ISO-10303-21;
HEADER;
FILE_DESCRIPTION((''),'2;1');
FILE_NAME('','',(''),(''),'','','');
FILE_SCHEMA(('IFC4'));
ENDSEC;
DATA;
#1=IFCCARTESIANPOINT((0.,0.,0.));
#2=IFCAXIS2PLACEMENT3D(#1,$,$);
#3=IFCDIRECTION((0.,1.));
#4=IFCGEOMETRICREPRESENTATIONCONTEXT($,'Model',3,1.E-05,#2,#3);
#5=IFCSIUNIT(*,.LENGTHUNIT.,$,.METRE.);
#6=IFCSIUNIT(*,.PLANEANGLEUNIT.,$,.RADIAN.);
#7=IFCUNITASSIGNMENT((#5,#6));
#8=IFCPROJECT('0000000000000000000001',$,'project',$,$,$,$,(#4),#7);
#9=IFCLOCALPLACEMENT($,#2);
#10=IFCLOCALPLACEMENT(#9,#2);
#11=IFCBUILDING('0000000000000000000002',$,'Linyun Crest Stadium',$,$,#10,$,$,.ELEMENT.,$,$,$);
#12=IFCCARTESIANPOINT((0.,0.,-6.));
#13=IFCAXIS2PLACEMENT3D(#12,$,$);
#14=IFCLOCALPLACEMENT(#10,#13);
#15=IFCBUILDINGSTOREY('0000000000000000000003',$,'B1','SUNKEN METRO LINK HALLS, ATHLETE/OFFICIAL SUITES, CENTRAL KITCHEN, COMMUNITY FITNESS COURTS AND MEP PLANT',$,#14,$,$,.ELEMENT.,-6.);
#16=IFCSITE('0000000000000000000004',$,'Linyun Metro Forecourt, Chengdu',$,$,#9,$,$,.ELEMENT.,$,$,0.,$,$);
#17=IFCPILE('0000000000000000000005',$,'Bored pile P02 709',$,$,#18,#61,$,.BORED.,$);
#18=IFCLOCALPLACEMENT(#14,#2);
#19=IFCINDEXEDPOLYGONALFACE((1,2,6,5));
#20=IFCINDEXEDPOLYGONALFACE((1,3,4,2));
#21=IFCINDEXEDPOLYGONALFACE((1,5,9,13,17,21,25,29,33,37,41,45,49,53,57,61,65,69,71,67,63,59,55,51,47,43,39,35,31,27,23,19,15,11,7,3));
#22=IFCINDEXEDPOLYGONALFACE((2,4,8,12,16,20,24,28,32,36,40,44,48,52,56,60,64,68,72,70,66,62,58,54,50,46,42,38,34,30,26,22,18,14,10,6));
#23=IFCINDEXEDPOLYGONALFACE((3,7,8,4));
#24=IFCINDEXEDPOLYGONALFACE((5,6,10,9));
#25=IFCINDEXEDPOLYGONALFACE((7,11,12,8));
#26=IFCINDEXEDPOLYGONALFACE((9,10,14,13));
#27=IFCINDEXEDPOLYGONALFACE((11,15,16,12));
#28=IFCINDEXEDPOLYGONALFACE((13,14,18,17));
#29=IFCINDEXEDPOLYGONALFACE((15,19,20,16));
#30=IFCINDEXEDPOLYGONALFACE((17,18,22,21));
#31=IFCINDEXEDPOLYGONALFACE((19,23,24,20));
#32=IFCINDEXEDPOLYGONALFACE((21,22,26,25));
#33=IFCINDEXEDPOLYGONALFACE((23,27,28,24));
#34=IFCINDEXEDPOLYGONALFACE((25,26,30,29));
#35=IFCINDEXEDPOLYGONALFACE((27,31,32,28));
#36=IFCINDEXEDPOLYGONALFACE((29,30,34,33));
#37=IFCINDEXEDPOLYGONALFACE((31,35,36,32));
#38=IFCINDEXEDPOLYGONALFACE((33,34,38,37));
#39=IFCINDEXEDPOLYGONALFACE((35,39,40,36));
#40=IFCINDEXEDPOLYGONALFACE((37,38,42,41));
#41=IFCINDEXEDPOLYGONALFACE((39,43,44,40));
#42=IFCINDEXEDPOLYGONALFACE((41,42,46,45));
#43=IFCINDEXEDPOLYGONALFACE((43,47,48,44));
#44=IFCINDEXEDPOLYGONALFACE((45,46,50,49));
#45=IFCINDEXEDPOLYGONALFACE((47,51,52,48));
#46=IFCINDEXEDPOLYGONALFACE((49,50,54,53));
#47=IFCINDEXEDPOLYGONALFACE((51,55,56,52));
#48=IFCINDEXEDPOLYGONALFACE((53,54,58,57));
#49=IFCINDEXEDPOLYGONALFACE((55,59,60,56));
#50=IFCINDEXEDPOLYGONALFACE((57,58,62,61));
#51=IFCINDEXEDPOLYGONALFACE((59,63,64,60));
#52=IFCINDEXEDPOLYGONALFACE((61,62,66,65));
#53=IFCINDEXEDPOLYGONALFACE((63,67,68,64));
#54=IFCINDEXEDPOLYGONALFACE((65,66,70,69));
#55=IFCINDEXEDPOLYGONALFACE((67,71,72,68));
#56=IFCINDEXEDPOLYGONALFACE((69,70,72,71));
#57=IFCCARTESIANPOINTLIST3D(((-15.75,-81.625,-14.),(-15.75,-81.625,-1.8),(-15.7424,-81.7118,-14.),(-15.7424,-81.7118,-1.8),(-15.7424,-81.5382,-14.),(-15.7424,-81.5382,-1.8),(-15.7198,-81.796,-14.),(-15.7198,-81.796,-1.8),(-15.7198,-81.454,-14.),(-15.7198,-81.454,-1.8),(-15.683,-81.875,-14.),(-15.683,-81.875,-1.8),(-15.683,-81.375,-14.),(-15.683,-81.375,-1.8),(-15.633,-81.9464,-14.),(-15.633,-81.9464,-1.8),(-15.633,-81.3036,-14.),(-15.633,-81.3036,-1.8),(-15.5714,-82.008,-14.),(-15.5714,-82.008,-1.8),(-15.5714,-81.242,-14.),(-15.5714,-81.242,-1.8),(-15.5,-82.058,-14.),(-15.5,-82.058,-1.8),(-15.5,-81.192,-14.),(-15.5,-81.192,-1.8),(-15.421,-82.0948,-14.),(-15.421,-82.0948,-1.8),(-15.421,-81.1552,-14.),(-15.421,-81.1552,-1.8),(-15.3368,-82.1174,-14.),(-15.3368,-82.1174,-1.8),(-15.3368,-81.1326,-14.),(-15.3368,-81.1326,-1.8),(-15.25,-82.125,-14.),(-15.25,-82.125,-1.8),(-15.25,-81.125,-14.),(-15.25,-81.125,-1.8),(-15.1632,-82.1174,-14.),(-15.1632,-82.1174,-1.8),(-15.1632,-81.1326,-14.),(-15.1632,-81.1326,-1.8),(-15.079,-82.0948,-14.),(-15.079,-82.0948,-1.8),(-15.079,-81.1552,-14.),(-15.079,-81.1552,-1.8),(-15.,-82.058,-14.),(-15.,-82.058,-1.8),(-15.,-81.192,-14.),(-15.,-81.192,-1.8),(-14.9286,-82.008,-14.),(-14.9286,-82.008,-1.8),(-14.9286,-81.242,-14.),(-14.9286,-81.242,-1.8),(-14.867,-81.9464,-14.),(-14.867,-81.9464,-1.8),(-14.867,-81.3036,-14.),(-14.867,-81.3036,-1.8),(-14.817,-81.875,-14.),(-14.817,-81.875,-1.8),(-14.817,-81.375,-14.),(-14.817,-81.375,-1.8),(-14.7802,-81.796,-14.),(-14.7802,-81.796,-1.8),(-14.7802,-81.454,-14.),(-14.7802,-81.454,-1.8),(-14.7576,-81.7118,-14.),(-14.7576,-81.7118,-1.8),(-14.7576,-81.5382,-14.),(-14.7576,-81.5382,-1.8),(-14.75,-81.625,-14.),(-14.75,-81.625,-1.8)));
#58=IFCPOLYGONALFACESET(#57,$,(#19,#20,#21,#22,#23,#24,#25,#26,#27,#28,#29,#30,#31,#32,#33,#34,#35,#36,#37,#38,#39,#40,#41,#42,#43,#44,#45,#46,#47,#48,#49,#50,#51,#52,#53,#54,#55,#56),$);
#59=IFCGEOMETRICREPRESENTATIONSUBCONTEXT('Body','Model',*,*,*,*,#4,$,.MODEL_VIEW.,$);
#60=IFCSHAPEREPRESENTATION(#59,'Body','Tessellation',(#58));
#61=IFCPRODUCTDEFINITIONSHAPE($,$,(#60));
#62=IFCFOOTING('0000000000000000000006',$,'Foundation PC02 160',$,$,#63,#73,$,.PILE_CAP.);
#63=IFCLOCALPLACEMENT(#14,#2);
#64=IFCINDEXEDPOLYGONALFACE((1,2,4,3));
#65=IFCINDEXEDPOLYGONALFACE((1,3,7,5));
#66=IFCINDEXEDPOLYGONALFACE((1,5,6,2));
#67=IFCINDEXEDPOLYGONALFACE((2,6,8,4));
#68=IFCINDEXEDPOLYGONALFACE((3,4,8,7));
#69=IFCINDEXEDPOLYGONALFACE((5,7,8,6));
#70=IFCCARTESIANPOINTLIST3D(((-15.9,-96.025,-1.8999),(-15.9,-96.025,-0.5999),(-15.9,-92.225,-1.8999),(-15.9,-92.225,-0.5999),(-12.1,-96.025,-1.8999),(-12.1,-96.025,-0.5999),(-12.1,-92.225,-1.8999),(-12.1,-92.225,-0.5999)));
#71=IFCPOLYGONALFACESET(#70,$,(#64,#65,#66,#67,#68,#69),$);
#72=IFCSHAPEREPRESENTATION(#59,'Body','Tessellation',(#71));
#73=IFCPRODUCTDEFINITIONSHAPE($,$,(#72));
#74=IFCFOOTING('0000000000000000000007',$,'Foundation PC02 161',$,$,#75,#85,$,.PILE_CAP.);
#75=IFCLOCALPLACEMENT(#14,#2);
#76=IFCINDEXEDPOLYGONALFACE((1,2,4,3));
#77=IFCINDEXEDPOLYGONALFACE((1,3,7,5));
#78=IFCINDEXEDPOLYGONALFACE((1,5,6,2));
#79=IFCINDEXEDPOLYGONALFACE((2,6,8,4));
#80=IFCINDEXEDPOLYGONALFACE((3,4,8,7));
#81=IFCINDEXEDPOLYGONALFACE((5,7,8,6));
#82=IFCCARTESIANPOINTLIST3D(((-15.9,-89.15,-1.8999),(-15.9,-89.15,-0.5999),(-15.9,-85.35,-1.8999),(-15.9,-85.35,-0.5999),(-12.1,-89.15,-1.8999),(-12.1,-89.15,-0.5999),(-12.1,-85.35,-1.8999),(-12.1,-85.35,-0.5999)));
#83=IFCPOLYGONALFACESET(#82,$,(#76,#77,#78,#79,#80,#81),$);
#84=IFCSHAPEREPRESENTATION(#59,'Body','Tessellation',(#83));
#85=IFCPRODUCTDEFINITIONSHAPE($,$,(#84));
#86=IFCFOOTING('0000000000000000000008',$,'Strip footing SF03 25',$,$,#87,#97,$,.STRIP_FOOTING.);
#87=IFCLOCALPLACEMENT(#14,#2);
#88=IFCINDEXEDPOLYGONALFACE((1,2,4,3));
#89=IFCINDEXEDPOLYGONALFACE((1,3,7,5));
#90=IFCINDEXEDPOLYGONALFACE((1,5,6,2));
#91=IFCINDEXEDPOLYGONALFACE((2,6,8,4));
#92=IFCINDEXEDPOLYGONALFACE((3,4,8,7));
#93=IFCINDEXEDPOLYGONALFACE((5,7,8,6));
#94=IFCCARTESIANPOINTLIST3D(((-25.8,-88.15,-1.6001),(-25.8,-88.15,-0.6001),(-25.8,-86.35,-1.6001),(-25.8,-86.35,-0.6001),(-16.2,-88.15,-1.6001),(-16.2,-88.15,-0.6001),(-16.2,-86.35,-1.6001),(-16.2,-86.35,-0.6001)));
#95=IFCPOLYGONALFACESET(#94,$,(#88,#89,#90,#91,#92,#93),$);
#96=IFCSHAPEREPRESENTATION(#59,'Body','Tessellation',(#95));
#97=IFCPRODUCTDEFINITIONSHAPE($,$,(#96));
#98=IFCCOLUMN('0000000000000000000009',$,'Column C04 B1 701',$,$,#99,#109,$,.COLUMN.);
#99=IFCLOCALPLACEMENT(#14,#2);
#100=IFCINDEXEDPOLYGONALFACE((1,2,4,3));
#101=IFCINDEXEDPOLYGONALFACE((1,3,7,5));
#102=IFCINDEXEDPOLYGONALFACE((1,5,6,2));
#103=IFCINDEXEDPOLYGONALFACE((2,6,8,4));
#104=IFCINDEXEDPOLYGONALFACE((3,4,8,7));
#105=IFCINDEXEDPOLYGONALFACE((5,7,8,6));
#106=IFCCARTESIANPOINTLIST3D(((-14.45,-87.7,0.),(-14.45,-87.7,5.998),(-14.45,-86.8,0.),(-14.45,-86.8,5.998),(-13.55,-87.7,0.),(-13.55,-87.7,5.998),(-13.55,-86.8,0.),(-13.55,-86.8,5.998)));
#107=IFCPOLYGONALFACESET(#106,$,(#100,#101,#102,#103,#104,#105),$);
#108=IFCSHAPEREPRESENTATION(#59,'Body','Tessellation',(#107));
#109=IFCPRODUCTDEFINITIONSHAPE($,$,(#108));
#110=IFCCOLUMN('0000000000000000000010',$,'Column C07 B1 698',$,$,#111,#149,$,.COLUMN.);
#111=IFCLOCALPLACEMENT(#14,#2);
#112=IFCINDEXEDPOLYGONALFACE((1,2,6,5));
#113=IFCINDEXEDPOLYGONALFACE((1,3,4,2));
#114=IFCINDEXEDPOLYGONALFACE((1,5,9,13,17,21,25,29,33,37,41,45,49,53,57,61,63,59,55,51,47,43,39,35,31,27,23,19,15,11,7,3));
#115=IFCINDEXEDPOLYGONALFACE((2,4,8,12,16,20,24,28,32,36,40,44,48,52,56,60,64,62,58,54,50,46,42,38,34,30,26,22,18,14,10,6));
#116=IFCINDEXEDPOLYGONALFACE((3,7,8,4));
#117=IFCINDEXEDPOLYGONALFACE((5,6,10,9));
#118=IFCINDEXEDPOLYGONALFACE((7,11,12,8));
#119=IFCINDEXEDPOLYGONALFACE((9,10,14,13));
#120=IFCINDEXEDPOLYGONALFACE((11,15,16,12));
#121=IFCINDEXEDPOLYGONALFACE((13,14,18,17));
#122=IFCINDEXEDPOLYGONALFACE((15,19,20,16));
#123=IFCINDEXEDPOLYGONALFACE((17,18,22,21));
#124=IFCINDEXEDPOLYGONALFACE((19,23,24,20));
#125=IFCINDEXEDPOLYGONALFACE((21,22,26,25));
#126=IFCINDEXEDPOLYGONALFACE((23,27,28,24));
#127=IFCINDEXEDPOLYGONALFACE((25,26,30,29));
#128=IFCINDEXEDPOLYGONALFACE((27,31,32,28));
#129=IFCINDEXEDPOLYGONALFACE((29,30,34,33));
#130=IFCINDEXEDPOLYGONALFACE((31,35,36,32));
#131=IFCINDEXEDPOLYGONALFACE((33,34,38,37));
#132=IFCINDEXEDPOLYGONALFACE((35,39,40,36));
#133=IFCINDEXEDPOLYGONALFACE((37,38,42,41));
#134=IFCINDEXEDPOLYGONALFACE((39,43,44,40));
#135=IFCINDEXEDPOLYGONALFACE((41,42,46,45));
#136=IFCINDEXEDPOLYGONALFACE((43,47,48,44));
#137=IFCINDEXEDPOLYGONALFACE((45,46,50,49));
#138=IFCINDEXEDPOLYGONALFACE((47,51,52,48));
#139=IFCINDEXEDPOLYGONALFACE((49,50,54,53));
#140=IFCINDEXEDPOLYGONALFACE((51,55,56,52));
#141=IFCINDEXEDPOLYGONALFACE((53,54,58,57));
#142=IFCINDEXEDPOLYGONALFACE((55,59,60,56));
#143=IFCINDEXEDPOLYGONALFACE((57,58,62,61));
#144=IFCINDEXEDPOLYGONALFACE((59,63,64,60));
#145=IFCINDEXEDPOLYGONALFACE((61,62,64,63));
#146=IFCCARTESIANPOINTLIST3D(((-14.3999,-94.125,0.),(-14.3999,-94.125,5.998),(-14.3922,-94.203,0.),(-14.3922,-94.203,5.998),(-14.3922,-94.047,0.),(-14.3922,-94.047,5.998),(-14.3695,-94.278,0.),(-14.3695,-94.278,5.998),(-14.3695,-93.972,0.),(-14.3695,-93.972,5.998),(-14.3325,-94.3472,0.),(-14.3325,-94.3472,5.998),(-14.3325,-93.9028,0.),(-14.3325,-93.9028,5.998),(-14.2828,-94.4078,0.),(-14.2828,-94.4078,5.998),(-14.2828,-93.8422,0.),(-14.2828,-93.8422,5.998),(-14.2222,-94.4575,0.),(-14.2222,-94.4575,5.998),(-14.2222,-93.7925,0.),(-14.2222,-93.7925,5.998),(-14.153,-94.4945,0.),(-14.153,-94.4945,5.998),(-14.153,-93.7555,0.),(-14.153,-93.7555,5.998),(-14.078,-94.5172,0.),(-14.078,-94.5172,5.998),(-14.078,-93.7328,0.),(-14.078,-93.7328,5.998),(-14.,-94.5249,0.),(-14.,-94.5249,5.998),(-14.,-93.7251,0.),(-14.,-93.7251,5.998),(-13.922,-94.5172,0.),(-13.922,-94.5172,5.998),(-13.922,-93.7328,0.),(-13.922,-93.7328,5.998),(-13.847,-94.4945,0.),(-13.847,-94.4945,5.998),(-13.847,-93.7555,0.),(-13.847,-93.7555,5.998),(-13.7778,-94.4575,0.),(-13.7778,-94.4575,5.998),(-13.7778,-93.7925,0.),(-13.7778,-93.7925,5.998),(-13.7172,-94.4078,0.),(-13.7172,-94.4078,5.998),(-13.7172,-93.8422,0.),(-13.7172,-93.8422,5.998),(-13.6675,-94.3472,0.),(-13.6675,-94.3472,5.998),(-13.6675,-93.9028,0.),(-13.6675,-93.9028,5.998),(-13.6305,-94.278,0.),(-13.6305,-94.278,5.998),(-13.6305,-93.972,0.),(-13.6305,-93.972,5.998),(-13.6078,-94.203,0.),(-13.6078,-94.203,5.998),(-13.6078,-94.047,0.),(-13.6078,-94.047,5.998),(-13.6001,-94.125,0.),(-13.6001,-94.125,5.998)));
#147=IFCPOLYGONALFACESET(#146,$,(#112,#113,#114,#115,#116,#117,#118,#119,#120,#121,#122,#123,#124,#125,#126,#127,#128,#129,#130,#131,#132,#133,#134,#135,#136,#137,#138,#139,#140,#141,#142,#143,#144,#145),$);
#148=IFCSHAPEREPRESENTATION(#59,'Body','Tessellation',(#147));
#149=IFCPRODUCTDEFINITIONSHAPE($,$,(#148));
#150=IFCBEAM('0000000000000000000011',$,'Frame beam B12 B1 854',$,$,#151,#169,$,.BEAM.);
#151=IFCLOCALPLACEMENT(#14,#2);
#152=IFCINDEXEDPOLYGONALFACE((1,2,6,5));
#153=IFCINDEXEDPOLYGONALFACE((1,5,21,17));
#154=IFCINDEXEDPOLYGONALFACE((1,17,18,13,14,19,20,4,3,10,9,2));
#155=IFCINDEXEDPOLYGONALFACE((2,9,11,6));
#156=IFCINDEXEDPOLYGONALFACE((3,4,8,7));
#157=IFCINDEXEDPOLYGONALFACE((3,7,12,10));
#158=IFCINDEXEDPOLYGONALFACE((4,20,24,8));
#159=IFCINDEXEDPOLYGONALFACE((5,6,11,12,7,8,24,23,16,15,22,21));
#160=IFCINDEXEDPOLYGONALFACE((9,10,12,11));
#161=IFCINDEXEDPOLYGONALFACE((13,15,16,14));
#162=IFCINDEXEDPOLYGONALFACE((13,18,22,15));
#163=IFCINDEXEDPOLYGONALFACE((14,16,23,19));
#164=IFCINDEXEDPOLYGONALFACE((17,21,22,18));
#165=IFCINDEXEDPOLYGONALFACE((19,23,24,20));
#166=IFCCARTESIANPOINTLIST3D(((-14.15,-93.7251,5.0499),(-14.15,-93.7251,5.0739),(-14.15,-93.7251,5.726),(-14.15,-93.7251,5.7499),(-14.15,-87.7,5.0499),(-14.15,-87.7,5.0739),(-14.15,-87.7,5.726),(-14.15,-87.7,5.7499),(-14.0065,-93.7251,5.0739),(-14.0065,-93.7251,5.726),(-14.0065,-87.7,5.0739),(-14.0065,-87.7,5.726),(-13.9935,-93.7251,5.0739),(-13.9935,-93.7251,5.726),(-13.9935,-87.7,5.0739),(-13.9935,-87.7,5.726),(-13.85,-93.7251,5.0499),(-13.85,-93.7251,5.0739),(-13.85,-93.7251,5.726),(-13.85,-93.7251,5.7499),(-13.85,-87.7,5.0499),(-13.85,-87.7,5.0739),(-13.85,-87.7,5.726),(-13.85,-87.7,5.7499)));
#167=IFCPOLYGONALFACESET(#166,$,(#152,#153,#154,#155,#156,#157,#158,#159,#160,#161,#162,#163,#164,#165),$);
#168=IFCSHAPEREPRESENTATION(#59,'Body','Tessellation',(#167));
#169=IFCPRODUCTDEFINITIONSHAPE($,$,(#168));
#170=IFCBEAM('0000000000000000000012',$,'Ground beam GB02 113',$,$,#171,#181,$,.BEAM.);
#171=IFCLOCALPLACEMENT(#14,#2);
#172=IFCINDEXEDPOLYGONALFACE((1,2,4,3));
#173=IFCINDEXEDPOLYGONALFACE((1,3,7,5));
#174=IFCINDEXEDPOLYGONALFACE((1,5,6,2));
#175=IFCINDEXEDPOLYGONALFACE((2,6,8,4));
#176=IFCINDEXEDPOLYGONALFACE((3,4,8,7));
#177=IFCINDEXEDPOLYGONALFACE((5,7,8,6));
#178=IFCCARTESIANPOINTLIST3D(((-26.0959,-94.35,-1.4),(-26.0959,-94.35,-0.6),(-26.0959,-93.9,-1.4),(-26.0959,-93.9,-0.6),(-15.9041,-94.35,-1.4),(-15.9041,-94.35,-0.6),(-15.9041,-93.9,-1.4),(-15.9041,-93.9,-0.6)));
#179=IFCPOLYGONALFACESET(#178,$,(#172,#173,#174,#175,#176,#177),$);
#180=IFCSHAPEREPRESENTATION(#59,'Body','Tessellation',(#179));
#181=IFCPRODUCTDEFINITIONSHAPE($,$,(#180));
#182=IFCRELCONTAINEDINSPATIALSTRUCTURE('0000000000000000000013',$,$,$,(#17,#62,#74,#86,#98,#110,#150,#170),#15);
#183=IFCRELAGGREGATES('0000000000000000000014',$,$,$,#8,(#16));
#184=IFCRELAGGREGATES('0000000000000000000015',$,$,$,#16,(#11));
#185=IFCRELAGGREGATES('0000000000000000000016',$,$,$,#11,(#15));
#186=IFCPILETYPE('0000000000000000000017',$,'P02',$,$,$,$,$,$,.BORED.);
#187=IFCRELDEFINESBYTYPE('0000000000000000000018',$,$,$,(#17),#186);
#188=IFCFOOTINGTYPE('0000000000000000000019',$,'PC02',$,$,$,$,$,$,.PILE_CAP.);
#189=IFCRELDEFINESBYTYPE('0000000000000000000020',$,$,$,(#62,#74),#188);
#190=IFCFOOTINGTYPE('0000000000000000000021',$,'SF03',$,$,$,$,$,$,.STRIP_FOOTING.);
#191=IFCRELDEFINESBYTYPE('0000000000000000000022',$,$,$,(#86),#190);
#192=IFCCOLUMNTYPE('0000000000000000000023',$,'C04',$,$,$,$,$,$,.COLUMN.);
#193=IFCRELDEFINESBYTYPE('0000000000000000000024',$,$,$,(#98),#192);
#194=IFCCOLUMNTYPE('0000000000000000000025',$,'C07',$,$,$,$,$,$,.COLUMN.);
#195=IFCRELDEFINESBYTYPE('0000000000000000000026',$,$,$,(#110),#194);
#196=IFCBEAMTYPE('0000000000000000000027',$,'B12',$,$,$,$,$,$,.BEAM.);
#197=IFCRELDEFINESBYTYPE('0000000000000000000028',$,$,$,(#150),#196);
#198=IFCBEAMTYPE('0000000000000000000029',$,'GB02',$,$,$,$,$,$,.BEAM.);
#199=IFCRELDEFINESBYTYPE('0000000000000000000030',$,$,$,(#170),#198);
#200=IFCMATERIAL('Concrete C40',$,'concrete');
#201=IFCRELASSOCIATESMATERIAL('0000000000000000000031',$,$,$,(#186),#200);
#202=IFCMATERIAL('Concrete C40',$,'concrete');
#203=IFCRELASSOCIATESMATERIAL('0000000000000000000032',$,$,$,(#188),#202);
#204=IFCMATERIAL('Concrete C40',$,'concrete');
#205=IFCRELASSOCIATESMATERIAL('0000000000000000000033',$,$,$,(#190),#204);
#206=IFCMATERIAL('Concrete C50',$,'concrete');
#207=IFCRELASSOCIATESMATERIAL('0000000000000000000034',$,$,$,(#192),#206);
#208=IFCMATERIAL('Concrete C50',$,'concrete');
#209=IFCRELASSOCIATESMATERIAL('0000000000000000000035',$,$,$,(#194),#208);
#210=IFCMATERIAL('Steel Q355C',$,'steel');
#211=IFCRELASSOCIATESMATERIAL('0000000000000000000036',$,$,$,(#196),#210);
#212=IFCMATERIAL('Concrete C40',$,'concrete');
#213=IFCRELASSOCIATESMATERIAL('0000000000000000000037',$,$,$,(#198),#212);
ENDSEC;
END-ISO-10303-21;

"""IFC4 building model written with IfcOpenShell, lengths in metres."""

from ifc_helpers import new_model, si_unit, direction, frame, origin, origin_2d, place, context, subcontext, project, spatial, rectangle, circle, i_section, extrude, material, material_profile, profile_set, type_object, element, save


model = new_model("IFC4")

# Units and contexts
model_context = context("Model", 3, precision=1e-05, world=origin(), true_north=direction((0.0, 1.0)))
body_context = subcontext(model_context, "Body", "Model", "MODEL_VIEW")
ifc_project = project(units=[si_unit("LENGTHUNIT", "METRE"), si_unit("PLANEANGLEUNIT", "RADIAN")], contexts=[model_context])

# Site, building, storey
site_placement = place(None, origin())
site = spatial("IfcSite", under=ifc_project, at=site_placement, Name="Linyun Metro Forecourt, Chengdu", CompositionType="ELEMENT", RefElevation=0.0)
building_placement = place(site_placement, origin())
building = spatial("IfcBuilding", under=site, at=building_placement, Name="Linyun Crest Stadium", CompositionType="ELEMENT")
storey_placement = place(building_placement, frame((0.0, 0.0, -6.0)))
storey = spatial("IfcBuildingStorey", under=building, at=storey_placement, Name="B1", Description="SUNKEN METRO LINK HALLS, ATHLETE/OFFICIAL SUITES, CENTRAL KITCHEN, COMMUNITY FITNESS COURTS AND MEP PLANT", CompositionType="ELEMENT", Elevation=-6.0)

# Pile
ifc_material_1 = material(Name="Concrete C40", Category="concrete")
ifc_material_profile_1 = material_profile(ifc_material_1, circle(Radius=0.5, at=origin_2d()), Name="BORED PILE 1000")
ifc_profile_set_1 = profile_set([ifc_material_profile_1], Name="Concrete C40")
pile_type = type_object("IfcPileType", Name="P02", PredefinedType="BORED", material=ifc_profile_set_1)
for number, where, z_axis, x_axis, name in (
    (1, (-15.25, -81.625, -1.8), (0.0, 0.0, -1.0), (1.0, 0.0, 0.0), "Bored pile P02 709"),
):
    element("IfcPile", number, at=place(storey_placement, frame(where, z_axis=z_axis, x_axis=x_axis)), inside=storey, type_object=pile_type, Name=name, PredefinedType="BORED", context=body_context, shape_type="SweptSolid", body=[
        extrude(circle(Radius=0.5, at=origin_2d()), origin(), (0.0, 0.0, 1.0), 12.2),
    ])

# Footings
ifc_material_2 = material(Name="Concrete C40", Category="concrete")
footing_type_1 = type_object("IfcFootingType", Name="PC02", PredefinedType="PILE_CAP", material=ifc_material_2)
for number, where, z_axis, x_axis, name in (
    (2, (-14.0, -94.125, -1.8999), (0.0, 0.0, 1.0), (1.0, 0.0, 0.0), "Foundation PC02 160"),
    (3, (-14.0, -87.25, -1.8999), (0.0, 0.0, 1.0), (1.0, 0.0, 0.0), "Foundation PC02 161"),
):
    element("IfcFooting", number, at=place(storey_placement, frame(where, z_axis=z_axis, x_axis=x_axis)), inside=storey, type_object=footing_type_1, Name=name, PredefinedType="PILE_CAP", context=body_context, shape_type="SweptSolid", body=[
        extrude(rectangle(XDim=3.8, YDim=3.8, at=origin_2d()), origin(), (0.0, 0.0, 1.0), 1.3),
    ])
ifc_material_3 = material(Name="Concrete C40", Category="concrete")
footing_type_2 = type_object("IfcFootingType", Name="SF03", PredefinedType="STRIP_FOOTING", material=ifc_material_3)
footing_placement = place(storey_placement, frame((-21.0, -87.25, -1.6001), z_axis=(0.0, 0.0, 1.0), x_axis=(1.0, 0.0, 0.0)))
element("IfcFooting", 4, at=footing_placement, inside=storey, type_object=footing_type_2, Name="Strip footing SF03 25", PredefinedType="STRIP_FOOTING", context=body_context, shape_type="SweptSolid", body=[
    extrude(rectangle(XDim=9.6001, YDim=1.8, at=origin_2d()), origin(), (0.0, 0.0, 1.0), 1.0),
])

# Columns
ifc_material_4 = material(Name="Concrete C50", Category="concrete")
ifc_material_profile_2 = material_profile(ifc_material_4, rectangle(XDim=0.8999, YDim=0.8999, at=origin_2d()), Name="RC 900x900")
ifc_profile_set_2 = profile_set([ifc_material_profile_2], Name="Concrete C50")
column_type_1 = type_object("IfcColumnType", Name="C04", PredefinedType="COLUMN", material=ifc_profile_set_2)
column_1_placement = place(storey_placement, frame((-14.0, -87.25, 0.0), z_axis=(0.0, 0.0, 1.0), x_axis=(1.0, 0.0, 0.0)))
element("IfcColumn", 5, at=column_1_placement, inside=storey, type_object=column_type_1, Name="Column C04 B1 701", PredefinedType="COLUMN", context=body_context, shape_type="SweptSolid", body=[
    extrude(rectangle(XDim=0.8999, YDim=0.8999, at=origin_2d()), origin(), (0.0, 0.0, 1.0), 5.998),
])
ifc_material_5 = material(Name="Concrete C50", Category="concrete")
ifc_material_profile_3 = material_profile(ifc_material_5, circle(Radius=0.3999, at=origin_2d()), Name="RC D800")
ifc_profile_set_3 = profile_set([ifc_material_profile_3], Name="Concrete C50")
column_type_2 = type_object("IfcColumnType", Name="C07", PredefinedType="COLUMN", material=ifc_profile_set_3)
column_2_placement = place(storey_placement, frame((-14.0, -94.125, 0.0), z_axis=(0.0, 0.0, 1.0), x_axis=(1.0, 0.0, 0.0)))
element("IfcColumn", 6, at=column_2_placement, inside=storey, type_object=column_type_2, Name="Column C07 B1 698", PredefinedType="COLUMN", context=body_context, shape_type="SweptSolid", body=[
    extrude(circle(Radius=0.3999, at=origin_2d()), origin(), (0.0, 0.0, 1.0), 5.998),
])

# Beams
ifc_material_6 = material(Name="Steel Q355C", Category="steel")
ifc_material_profile_4 = material_profile(ifc_material_6, i_section(OverallWidth=0.3, OverallDepth=0.7, WebThickness=0.0129, FlangeThickness=0.0239, at=origin_2d()), Name="HN 700x300")
ifc_profile_set_4 = profile_set([ifc_material_profile_4], Name="Steel Q355C")
beam_type_1 = type_object("IfcBeamType", Name="B12", PredefinedType="BEAM", material=ifc_profile_set_4)
beam_placement = place(storey_placement, frame((-14.0, -93.7251, 5.3999), z_axis=(0.0, 1.0, 0.0), x_axis=(-1.0, 0.0, 0.0)))
element("IfcBeam", 7, at=beam_placement, inside=storey, type_object=beam_type_1, Name="Frame beam B12 B1 854", PredefinedType="BEAM", context=body_context, shape_type="SweptSolid", body=[
    extrude(i_section(OverallWidth=0.3, OverallDepth=0.7, WebThickness=0.0129, FlangeThickness=0.0239, at=origin_2d()), origin(), (0.0, 0.0, 1.0), 6.0251),
])
ifc_material_7 = material(Name="Concrete C40", Category="concrete")
ifc_material_profile_5 = material_profile(ifc_material_7, rectangle(XDim=0.45, YDim=0.8, at=origin_2d()), Name="RCB 800x450")
ifc_profile_set_5 = profile_set([ifc_material_profile_5], Name="Concrete C40")
beam_type_2 = type_object("IfcBeamType", Name="GB02", PredefinedType="BEAM", material=ifc_profile_set_5)
for number, where, z_axis, x_axis, name in (
    (8, (-26.0959, -94.125, -1.0), (1.0, 0.0, 0.0), (0.0, 1.0, 0.0), "Ground beam GB02 113"),
):
    element("IfcBeam", number, at=place(storey_placement, frame(where, z_axis=z_axis, x_axis=x_axis)), inside=storey, type_object=beam_type_2, Name=name, PredefinedType="BEAM", context=body_context, shape_type="SweptSolid", body=[
        extrude(rectangle(XDim=0.45, YDim=0.8, at=origin_2d()), origin(), (0.0, 0.0, 1.0), 10.1919),
    ])

save(model, "model.ifc")
